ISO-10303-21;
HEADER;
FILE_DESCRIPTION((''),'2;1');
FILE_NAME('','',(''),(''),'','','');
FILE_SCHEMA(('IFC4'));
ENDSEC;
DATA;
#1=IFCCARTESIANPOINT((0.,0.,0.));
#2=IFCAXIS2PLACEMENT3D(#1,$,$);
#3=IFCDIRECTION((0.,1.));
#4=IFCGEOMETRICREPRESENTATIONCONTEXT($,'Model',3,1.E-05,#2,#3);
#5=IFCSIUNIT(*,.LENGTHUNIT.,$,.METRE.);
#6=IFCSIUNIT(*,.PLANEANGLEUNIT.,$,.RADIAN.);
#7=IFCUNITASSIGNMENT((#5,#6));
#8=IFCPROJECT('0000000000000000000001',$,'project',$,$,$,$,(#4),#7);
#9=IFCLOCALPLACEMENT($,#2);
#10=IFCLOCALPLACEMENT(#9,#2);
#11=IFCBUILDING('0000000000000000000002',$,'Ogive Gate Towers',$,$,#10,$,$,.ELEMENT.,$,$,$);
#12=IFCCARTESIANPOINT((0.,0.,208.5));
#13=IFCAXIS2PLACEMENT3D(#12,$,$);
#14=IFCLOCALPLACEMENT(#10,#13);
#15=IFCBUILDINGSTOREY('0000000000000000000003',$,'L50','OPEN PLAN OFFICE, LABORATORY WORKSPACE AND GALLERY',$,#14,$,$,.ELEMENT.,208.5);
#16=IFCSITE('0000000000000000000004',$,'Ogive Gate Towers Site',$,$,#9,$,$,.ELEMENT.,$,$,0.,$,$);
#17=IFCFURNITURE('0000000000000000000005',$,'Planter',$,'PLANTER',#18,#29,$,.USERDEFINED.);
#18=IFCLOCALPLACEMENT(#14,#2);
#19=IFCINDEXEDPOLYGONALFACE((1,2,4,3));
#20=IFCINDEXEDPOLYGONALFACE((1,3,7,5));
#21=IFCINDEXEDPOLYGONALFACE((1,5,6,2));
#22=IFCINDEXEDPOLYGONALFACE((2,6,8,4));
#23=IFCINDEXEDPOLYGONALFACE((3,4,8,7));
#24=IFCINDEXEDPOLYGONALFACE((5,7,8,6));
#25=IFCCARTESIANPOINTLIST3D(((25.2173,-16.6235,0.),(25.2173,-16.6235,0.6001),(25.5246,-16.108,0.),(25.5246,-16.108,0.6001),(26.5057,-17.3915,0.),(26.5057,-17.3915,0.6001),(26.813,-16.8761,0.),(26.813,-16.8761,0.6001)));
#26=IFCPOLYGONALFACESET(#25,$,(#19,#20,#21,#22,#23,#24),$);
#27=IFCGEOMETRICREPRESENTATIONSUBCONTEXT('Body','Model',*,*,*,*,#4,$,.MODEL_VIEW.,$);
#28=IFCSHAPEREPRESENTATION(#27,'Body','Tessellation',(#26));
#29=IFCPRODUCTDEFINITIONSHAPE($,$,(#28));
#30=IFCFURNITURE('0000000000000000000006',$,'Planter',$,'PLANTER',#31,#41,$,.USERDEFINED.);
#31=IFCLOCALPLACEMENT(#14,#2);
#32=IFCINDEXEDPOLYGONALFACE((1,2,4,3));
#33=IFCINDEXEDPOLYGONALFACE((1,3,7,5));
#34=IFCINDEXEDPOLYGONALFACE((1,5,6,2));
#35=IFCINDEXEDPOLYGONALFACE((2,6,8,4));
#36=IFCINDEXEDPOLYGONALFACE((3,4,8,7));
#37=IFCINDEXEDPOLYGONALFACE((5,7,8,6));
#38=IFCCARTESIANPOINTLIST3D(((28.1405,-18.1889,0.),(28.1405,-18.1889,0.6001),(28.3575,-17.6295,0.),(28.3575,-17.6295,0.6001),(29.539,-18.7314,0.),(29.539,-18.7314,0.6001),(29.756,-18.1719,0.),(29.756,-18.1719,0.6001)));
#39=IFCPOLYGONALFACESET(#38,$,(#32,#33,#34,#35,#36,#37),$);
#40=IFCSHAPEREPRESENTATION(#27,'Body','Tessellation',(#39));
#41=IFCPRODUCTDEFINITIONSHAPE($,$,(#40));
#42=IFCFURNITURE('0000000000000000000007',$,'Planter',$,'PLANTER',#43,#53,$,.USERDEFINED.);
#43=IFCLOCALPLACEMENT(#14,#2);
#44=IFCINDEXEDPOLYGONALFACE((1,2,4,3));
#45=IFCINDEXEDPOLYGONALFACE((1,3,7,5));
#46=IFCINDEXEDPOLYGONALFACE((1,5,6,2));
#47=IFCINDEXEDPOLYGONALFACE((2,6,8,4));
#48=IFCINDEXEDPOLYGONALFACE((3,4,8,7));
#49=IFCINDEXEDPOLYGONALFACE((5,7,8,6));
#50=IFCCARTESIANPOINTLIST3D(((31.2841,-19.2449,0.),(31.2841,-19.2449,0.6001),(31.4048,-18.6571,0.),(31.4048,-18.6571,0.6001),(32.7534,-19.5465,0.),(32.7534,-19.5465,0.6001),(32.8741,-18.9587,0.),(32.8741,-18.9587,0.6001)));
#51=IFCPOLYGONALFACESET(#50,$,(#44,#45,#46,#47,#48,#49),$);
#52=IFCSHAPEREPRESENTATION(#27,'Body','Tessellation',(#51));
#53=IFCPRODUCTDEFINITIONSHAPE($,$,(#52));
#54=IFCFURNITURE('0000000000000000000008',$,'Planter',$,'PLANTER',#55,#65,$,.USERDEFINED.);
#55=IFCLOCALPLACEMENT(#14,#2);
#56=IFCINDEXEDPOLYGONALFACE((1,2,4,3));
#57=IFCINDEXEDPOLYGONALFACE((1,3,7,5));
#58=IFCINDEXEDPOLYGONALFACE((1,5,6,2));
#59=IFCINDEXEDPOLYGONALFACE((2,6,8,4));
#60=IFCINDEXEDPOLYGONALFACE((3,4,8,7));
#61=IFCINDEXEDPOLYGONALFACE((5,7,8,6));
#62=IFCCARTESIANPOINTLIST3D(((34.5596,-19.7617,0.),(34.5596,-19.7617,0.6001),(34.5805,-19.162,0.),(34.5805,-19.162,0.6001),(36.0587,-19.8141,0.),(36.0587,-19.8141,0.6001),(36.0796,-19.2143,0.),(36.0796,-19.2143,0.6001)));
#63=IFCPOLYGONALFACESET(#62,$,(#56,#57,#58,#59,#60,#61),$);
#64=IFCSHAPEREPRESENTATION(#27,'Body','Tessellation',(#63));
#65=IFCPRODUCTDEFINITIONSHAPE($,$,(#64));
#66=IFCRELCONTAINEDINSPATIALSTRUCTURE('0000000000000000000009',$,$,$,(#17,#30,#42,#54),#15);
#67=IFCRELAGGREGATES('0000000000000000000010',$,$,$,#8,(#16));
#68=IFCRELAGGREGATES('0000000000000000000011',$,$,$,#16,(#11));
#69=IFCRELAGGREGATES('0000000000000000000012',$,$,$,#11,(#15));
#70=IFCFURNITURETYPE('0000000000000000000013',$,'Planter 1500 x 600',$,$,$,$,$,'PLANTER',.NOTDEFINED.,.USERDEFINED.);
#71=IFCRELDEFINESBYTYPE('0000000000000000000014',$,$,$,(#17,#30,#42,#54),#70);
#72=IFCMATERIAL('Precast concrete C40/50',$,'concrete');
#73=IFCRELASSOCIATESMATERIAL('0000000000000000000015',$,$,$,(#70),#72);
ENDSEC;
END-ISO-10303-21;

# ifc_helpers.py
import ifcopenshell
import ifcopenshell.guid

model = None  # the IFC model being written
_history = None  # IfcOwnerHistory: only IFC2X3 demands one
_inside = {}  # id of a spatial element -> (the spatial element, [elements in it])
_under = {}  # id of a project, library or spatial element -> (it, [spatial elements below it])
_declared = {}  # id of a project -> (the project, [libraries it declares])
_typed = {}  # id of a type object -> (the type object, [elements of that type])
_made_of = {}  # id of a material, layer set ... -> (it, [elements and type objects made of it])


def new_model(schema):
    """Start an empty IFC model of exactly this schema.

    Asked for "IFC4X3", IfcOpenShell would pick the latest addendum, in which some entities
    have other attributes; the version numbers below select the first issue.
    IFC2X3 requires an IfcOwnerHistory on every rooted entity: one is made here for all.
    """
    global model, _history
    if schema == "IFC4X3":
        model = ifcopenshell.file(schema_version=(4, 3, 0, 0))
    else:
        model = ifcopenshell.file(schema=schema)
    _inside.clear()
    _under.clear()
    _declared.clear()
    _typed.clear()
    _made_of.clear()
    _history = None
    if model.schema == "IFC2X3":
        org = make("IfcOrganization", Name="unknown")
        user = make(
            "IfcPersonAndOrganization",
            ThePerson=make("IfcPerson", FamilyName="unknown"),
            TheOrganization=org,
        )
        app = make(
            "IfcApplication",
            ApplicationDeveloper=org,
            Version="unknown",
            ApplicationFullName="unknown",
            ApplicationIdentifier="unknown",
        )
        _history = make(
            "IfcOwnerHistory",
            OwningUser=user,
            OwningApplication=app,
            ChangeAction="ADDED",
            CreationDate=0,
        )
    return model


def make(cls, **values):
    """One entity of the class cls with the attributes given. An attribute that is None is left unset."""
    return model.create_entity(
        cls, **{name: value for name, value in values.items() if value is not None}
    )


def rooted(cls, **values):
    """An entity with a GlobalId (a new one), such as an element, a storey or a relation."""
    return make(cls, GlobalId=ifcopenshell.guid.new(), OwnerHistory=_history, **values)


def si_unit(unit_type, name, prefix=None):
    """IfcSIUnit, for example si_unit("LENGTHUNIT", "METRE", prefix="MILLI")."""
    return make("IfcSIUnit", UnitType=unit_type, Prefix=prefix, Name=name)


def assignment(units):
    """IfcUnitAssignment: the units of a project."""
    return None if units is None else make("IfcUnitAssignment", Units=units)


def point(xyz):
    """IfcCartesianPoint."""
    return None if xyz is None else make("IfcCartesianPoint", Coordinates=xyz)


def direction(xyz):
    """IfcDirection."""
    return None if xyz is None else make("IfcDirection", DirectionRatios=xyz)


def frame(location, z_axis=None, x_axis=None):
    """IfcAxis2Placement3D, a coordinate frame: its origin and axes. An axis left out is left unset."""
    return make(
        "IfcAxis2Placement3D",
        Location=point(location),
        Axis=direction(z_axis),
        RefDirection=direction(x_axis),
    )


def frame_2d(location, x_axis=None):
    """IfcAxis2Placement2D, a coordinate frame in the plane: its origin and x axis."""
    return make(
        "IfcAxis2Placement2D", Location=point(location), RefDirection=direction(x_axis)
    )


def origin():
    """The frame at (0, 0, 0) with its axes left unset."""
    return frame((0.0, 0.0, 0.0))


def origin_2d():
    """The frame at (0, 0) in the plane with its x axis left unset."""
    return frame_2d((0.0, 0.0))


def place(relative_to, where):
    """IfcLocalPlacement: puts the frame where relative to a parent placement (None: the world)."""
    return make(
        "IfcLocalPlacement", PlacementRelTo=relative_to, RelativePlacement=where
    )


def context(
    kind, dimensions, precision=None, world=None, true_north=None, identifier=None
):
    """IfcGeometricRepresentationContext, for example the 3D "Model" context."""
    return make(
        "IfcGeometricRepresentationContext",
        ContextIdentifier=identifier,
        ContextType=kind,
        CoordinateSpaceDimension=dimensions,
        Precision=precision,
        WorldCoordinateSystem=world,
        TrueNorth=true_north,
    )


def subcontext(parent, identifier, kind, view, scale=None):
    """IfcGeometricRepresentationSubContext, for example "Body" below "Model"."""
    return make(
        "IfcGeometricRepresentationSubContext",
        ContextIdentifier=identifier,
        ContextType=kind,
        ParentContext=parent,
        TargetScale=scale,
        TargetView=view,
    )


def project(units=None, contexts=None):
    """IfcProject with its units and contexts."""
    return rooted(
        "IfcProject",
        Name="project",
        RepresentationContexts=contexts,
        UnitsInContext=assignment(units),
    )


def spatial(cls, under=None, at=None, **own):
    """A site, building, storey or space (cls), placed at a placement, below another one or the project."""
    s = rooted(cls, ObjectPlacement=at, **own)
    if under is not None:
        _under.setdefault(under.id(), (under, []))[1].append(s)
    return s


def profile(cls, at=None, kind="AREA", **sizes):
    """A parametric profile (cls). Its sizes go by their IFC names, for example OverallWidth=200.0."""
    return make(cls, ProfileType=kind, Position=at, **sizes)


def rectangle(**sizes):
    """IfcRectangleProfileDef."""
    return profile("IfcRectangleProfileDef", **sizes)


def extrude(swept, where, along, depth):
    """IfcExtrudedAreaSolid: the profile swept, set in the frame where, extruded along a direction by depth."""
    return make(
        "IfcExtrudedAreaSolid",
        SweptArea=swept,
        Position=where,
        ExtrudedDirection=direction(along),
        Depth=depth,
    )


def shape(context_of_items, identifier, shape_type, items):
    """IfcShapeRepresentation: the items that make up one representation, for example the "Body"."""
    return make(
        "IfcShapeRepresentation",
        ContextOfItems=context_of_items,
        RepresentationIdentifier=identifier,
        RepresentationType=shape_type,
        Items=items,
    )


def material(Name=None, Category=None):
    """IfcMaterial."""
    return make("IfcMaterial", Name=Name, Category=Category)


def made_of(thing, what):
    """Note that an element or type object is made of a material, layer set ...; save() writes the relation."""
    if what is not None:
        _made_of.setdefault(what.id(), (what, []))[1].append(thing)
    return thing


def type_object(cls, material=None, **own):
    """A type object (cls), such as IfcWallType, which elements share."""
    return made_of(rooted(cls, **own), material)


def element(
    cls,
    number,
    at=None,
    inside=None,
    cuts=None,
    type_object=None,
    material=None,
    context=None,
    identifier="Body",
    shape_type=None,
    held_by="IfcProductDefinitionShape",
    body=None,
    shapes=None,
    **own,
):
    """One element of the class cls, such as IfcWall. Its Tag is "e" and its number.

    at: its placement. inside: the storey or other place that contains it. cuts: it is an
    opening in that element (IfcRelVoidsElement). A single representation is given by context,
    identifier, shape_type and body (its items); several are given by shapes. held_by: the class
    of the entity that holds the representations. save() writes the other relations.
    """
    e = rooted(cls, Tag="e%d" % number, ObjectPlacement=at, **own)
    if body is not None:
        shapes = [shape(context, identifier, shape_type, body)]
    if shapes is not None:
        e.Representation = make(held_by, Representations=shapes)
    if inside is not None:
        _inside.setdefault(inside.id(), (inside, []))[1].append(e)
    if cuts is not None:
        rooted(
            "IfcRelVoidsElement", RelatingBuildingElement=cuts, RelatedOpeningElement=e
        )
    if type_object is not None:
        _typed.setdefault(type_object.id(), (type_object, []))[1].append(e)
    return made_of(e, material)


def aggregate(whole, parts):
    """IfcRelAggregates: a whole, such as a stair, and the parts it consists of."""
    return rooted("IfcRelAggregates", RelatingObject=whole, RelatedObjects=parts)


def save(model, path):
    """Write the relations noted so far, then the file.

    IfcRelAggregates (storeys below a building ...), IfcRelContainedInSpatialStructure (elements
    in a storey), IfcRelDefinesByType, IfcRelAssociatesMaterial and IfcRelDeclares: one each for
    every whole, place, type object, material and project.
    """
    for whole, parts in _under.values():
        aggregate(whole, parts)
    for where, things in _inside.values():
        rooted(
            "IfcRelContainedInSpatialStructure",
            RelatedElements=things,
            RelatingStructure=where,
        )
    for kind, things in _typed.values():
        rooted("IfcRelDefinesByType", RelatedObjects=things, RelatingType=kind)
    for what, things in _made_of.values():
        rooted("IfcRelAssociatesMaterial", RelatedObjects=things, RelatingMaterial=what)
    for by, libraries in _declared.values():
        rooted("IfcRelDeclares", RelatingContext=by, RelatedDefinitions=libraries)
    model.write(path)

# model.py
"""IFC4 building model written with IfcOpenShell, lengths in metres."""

from ifc_helpers import new_model, si_unit, direction, frame, origin, origin_2d, place, context, subcontext, project, spatial, rectangle, extrude, material, type_object, element, save


model = new_model("IFC4")

# Units and contexts
model_context = context("Model", 3, precision=1e-05, world=origin(), true_north=direction((0.0, 1.0)))
body_context = subcontext(model_context, "Body", "Model", "MODEL_VIEW")
ifc_project = project(units=[si_unit("LENGTHUNIT", "METRE"), si_unit("PLANEANGLEUNIT", "RADIAN")], contexts=[model_context])

# Site, building, storey
site_placement = place(None, origin())
site = spatial("IfcSite", under=ifc_project, at=site_placement, Name="Ogive Gate Towers Site", CompositionType="ELEMENT", RefElevation=0.0)
building_placement = place(site_placement, origin())
building = spatial("IfcBuilding", under=site, at=building_placement, Name="Ogive Gate Towers", CompositionType="ELEMENT")
storey_placement = place(building_placement, frame((0.0, 0.0, 208.5)))
storey = spatial("IfcBuildingStorey", under=building, at=storey_placement, Name="L50", Description="OPEN PLAN OFFICE, LABORATORY WORKSPACE AND GALLERY", CompositionType="ELEMENT", Elevation=208.5)

# Furniture
ifc_material_1 = material(Name="Precast concrete C40/50", Category="concrete")
furniture_type = type_object("IfcFurnitureType", Name="Planter 1500 x 600", ElementType="PLANTER", AssemblyPlace="NOTDEFINED", PredefinedType="USERDEFINED", material=ifc_material_1)
for number, where, z_axis, x_axis, name in (
    (1, (26.0151, -16.7498, 0.0), (0.0, 0.0, 1.0), (0.85896, -0.512043, 0.0), "Planter"),
    (2, (28.9482, -18.1804, 0.0), (0.0, 0.0, 1.0), (0.932324, -0.361625, 0.0), "Planter"),
    (3, (32.0791, -19.1018, 0.0), (0.0, 0.0, 1.0), (0.979575, -0.201078, 0.0), "Planter"),
    (4, (35.3196, -19.488, 0.0), (0.0, 0.0, 1.0), (0.999391, -0.034899, 0.0), "Planter"),
):
    element("IfcFurniture", number, at=place(storey_placement, frame(where, z_axis=z_axis, x_axis=x_axis)), inside=storey, type_object=furniture_type, Name=name, ObjectType="PLANTER", PredefinedType="USERDEFINED", context=body_context, shape_type="SweptSolid", body=[
        extrude(rectangle(XDim=1.5, YDim=0.6001, at=origin_2d()), origin(), (0.0, 0.0, 1.0), 0.6001),
    ])

save(model, "model.ifc")
